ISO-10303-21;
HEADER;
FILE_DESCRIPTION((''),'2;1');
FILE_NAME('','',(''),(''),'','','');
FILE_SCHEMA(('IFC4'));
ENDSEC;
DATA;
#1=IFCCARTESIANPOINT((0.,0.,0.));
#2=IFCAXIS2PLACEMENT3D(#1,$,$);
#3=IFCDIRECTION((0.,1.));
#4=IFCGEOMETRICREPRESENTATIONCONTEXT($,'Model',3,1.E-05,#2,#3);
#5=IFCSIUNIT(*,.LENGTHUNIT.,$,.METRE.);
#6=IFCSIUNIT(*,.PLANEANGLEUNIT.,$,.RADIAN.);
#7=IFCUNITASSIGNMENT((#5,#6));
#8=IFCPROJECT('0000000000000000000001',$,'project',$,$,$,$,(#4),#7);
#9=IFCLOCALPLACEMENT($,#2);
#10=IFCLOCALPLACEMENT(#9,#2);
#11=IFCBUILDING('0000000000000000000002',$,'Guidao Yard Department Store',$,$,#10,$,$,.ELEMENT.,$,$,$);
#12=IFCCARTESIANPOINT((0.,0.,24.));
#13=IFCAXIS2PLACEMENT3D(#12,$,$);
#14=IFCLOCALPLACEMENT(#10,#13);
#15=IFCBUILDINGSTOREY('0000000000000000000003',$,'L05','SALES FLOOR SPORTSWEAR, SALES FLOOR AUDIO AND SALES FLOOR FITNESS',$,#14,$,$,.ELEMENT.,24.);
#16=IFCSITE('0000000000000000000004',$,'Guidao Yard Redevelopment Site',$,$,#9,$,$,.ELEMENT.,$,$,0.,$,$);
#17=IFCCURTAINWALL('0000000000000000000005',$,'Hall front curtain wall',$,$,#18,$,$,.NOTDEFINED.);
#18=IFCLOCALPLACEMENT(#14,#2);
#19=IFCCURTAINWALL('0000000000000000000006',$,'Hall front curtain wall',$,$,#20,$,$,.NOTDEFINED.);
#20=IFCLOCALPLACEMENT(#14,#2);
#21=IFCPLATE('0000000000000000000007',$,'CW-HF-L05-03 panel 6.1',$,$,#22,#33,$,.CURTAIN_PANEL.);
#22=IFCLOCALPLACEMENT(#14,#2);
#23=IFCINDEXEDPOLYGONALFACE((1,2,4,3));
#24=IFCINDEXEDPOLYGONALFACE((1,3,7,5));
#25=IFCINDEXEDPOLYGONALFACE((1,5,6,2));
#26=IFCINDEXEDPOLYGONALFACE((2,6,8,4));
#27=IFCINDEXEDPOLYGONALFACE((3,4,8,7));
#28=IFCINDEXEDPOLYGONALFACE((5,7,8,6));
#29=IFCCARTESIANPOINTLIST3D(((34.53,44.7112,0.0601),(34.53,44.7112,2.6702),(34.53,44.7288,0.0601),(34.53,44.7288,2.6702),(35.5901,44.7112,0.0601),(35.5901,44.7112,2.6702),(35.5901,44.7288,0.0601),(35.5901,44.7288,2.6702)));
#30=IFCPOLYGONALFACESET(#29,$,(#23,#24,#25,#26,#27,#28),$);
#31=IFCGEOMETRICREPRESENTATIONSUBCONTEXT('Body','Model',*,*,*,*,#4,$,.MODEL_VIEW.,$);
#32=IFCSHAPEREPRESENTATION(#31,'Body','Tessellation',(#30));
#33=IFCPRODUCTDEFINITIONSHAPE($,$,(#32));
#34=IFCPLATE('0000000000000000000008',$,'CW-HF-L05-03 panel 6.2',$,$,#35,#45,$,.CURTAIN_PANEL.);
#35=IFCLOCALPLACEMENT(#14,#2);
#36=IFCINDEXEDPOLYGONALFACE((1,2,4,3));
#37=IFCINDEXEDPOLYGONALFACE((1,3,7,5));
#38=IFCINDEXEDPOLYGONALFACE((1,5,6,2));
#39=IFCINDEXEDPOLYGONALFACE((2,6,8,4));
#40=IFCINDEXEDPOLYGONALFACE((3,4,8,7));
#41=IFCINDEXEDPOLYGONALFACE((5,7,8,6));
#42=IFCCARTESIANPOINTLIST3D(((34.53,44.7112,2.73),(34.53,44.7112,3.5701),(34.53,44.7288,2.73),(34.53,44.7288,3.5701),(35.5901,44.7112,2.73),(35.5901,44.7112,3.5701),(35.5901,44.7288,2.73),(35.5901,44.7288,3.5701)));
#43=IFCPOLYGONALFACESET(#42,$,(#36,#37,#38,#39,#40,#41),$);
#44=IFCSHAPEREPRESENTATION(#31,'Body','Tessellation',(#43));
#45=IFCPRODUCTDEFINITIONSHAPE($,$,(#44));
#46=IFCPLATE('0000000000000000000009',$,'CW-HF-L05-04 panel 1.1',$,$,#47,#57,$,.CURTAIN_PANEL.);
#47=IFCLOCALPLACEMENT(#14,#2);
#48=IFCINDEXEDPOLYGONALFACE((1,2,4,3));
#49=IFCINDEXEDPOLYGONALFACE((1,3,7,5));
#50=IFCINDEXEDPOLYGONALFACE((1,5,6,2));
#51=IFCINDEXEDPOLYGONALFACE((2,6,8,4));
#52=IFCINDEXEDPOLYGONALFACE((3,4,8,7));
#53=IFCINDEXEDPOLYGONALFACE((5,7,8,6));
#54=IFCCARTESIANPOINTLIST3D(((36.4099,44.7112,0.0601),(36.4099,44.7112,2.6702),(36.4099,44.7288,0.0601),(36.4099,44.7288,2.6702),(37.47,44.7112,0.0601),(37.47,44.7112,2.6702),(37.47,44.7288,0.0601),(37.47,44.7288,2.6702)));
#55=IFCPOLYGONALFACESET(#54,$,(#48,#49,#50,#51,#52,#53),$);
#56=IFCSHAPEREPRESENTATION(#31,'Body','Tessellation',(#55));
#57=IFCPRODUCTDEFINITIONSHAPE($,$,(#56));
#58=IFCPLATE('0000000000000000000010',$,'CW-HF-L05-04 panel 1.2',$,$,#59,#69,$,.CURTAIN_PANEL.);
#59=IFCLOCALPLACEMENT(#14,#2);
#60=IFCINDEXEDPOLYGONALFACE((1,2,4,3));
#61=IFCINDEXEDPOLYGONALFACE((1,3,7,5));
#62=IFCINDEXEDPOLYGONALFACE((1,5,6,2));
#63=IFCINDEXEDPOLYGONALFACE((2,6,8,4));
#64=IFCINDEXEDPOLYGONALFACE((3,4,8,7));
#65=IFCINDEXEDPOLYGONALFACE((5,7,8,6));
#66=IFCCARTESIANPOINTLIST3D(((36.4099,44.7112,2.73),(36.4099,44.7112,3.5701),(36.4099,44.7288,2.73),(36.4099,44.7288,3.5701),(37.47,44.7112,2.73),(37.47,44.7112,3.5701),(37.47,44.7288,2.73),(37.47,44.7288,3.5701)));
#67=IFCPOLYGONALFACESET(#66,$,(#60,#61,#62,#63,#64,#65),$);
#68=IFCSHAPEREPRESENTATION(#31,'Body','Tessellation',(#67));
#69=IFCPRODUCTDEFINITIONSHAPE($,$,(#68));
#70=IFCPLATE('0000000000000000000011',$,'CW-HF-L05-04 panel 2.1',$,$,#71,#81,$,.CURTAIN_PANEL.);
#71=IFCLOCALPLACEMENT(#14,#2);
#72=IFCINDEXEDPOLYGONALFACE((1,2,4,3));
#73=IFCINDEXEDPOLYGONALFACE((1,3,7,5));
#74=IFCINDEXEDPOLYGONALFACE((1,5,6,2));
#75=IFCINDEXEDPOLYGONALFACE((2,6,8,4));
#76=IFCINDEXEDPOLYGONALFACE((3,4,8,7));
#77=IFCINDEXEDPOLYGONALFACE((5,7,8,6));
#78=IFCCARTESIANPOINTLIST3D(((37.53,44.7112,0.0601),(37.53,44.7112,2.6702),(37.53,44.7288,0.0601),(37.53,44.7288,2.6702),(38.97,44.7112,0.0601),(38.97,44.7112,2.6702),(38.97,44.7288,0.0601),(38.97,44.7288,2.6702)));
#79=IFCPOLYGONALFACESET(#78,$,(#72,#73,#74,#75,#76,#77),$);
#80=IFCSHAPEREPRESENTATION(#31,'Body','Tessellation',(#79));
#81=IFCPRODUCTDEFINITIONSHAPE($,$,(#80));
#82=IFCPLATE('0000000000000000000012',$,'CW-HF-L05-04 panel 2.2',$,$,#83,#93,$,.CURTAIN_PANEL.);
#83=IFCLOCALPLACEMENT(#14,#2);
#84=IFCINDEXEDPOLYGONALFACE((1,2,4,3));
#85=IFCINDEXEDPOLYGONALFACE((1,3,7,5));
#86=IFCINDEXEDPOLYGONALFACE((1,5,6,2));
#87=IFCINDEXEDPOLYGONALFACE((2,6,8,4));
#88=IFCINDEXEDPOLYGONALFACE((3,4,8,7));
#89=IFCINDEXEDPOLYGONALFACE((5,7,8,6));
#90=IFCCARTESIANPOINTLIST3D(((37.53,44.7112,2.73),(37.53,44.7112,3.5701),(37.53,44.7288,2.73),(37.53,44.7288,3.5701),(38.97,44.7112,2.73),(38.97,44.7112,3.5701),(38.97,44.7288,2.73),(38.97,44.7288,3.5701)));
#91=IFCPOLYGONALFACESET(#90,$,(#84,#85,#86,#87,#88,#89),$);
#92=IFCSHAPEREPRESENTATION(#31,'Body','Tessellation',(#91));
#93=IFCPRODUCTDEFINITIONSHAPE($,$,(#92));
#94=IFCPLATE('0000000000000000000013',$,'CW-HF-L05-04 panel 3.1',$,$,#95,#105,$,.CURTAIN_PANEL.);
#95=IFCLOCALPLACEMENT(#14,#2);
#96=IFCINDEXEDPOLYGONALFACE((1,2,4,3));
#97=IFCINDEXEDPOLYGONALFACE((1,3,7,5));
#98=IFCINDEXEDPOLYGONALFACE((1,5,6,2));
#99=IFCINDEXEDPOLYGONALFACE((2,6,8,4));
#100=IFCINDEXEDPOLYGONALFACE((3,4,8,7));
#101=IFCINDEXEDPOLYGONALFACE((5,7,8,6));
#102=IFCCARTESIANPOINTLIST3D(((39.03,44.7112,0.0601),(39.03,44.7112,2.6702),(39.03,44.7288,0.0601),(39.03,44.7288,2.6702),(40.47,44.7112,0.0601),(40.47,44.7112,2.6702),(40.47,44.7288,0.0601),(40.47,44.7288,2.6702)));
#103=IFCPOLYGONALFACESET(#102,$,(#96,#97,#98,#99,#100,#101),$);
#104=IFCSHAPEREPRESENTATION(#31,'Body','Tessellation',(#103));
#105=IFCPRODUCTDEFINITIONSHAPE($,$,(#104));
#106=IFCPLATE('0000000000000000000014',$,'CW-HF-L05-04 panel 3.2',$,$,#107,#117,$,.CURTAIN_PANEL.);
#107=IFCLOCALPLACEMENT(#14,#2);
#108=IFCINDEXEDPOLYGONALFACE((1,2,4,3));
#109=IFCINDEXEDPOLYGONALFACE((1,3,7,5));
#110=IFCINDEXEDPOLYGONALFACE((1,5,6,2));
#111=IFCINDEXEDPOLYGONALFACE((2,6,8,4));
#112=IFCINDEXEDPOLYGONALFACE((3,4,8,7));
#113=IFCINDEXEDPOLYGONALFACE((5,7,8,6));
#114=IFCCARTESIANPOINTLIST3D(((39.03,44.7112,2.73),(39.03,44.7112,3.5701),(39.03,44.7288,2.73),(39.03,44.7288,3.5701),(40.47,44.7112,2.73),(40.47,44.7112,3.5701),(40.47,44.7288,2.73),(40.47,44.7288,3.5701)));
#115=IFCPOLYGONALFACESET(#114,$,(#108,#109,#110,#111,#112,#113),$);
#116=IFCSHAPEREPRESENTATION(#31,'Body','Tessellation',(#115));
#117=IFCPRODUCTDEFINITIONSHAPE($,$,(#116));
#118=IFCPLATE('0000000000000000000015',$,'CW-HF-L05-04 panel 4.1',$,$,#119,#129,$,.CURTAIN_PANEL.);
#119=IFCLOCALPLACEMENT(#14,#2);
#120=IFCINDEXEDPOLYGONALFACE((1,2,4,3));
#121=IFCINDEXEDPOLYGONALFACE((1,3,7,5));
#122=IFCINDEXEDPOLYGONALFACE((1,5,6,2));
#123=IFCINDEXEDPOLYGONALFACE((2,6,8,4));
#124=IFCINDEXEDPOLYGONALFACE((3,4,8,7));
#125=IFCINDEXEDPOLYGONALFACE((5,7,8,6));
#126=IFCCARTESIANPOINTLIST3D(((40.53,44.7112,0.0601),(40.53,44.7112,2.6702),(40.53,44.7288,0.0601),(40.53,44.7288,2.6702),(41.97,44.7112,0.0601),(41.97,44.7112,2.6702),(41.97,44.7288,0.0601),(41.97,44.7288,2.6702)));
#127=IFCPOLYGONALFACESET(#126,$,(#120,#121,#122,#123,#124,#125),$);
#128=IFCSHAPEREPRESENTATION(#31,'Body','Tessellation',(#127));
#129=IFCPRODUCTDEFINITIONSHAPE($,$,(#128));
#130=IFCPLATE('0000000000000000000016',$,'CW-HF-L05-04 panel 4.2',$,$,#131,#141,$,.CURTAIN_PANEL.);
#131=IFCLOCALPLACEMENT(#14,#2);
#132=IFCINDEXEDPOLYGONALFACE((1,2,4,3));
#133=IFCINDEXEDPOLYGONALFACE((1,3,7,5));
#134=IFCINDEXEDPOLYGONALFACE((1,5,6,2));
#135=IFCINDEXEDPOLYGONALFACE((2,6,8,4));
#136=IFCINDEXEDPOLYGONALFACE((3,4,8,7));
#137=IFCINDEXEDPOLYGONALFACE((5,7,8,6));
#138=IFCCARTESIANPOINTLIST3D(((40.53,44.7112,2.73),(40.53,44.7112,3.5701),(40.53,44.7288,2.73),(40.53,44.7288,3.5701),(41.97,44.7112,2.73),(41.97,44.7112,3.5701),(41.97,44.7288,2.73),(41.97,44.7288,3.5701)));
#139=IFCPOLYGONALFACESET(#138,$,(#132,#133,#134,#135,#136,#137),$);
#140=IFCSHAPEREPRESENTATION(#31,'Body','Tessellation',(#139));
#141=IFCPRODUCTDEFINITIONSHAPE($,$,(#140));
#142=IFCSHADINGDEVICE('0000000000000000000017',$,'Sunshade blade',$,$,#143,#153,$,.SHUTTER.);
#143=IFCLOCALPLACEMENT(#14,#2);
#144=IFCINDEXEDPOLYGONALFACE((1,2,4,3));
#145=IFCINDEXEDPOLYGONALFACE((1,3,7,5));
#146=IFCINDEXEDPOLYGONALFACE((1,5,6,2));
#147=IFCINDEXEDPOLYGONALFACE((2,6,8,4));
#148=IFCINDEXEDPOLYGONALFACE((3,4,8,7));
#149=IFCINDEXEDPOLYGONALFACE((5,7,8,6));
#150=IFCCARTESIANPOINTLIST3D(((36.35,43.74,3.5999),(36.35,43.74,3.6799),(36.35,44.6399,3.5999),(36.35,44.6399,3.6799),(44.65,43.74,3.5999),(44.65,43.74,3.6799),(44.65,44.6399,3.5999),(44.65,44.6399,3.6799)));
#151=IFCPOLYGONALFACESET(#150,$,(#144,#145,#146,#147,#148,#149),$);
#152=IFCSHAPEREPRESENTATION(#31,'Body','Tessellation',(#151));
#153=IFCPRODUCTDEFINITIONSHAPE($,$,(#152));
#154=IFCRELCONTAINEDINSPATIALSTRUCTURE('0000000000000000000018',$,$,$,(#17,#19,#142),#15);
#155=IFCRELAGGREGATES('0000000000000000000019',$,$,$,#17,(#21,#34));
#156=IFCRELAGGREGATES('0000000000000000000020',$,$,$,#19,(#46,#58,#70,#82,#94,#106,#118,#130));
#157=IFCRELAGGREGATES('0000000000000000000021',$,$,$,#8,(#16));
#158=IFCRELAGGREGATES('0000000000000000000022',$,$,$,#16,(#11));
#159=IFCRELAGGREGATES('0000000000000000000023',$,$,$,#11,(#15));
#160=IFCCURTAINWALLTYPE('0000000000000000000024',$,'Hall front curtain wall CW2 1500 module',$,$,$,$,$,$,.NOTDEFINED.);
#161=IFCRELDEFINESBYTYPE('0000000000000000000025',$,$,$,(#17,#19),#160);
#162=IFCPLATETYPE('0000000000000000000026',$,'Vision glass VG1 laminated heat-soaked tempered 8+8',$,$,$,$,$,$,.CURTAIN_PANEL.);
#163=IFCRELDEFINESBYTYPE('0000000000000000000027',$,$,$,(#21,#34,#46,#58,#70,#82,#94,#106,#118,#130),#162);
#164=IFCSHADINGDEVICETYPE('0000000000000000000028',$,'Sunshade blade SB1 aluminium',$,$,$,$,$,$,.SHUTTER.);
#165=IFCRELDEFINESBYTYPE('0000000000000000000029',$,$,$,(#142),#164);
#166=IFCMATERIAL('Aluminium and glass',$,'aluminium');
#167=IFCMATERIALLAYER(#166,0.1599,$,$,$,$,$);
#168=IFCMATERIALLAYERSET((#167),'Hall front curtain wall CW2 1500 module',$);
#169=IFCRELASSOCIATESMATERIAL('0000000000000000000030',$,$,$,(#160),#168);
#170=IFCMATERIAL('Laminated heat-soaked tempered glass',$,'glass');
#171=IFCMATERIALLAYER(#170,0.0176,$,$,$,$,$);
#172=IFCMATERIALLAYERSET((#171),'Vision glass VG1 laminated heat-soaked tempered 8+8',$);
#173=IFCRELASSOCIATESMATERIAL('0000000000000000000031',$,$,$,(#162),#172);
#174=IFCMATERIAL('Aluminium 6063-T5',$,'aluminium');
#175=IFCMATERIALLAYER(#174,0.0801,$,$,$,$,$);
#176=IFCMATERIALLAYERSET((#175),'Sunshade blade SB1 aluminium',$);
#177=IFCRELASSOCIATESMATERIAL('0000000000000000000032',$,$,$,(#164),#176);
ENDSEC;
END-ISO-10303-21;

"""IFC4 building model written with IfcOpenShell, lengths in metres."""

from ifc_helpers import new_model, si_unit, direction, frame, origin, origin_2d, place, context, subcontext, project, spatial, rectangle, extrude, material, layer, layer_set, type_object, element, aggregate, save


model = new_model("IFC4")

# Units and contexts
model_context = context("Model", 3, precision=1e-05, world=origin(), true_north=direction((0.0, 1.0)))
body_context = subcontext(model_context, "Body", "Model", "MODEL_VIEW")
ifc_project = project(units=[si_unit("LENGTHUNIT", "METRE"), si_unit("PLANEANGLEUNIT", "RADIAN")], contexts=[model_context])

# Site, building, storey
site_placement = place(None, origin())
site = spatial("IfcSite", under=ifc_project, at=site_placement, Name="Guidao Yard Redevelopment Site", CompositionType="ELEMENT", RefElevation=0.0)
building_placement = place(site_placement, origin())
building = spatial("IfcBuilding", under=site, at=building_placement, Name="Guidao Yard Department Store", CompositionType="ELEMENT")
storey_placement = place(building_placement, frame((0.0, 0.0, 24.0)))
storey = spatial("IfcBuildingStorey", under=building, at=storey_placement, Name="L05", Description="SALES FLOOR SPORTSWEAR, SALES FLOOR AUDIO AND SALES FLOOR FITNESS", CompositionType="ELEMENT", Elevation=24.0)

# Curtain walls
ifc_material_1 = material(Name="Aluminium and glass", Category="aluminium")
ifc_layer_1 = layer(ifc_material_1, 0.1599)
ifc_layer_set_1 = layer_set([ifc_layer_1], Name="Hall front curtain wall CW2 1500 module")
curtain_wall_type = type_object("IfcCurtainWallType", Name="Hall front curtain wall CW2 1500 module", PredefinedType="NOTDEFINED", material=ifc_layer_set_1)
curtain_wall_1_placement = place(storey_placement, origin())
curtain_wall_1 = element("IfcCurtainWall", 1, at=curtain_wall_1_placement, inside=storey, type_object=curtain_wall_type, Name="Hall front curtain wall", PredefinedType="NOTDEFINED")
curtain_wall_2_placement = place(storey_placement, origin())
curtain_wall_2 = element("IfcCurtainWall", 2, at=curtain_wall_2_placement, inside=storey, type_object=curtain_wall_type, Name="Hall front curtain wall", PredefinedType="NOTDEFINED")

# Plates
ifc_material_2 = material(Name="Laminated heat-soaked tempered glass", Category="glass")
ifc_layer_2 = layer(ifc_material_2, 0.0176)
ifc_layer_set_2 = layer_set([ifc_layer_2], Name="Vision glass VG1 laminated heat-soaked tempered 8+8")
plate_type_1 = type_object("IfcPlateType", Name="Vision glass VG1 laminated heat-soaked tempered 8+8", PredefinedType="CURTAIN_PANEL", material=ifc_layer_set_2)
plate_1_placement = place(storey_placement, frame((35.0601, 44.72, 0.0601), z_axis=(0.0, 0.0, 1.0), x_axis=(-1.0, 0.0, 0.0)))
plate_1 = element("IfcPlate", 3, at=plate_1_placement, type_object=plate_type_1, Name="CW-HF-L05-03 panel 6.1", PredefinedType="CURTAIN_PANEL", context=body_context, shape_type="SweptSolid", body=[
    extrude(rectangle(XDim=1.0601, YDim=0.0176, at=origin_2d()), origin(), (0.0, 0.0, 1.0), 2.6101),
])
plate_2_placement = place(storey_placement, frame((35.0601, 44.72, 2.73), z_axis=(0.0, 0.0, 1.0), x_axis=(-1.0, 0.0, 0.0)))
plate_2 = element("IfcPlate", 4, at=plate_2_placement, type_object=plate_type_1, Name="CW-HF-L05-03 panel 6.2", PredefinedType="CURTAIN_PANEL", context=body_context, shape_type="SweptSolid", body=[
    extrude(rectangle(XDim=1.0601, YDim=0.0176, at=origin_2d()), origin(), (0.0, 0.0, 1.0), 0.8401),
])
aggregate(curtain_wall_1, [plate_1, plate_2])
plate_3_placement = place(storey_placement, frame((36.9399, 44.72, 0.0601), z_axis=(0.0, 0.0, 1.0), x_axis=(-1.0, 0.0, 0.0)))
plate_3 = element("IfcPlate", 5, at=plate_3_placement, type_object=plate_type_1, Name="CW-HF-L05-04 panel 1.1", PredefinedType="CURTAIN_PANEL", context=body_context, shape_type="SweptSolid", body=[
    extrude(rectangle(XDim=1.0601, YDim=0.0176, at=origin_2d()), origin(), (0.0, 0.0, 1.0), 2.6101),
])
plate_4_placement = place(storey_placement, frame((36.9399, 44.72, 2.73), z_axis=(0.0, 0.0, 1.0), x_axis=(-1.0, 0.0, 0.0)))
plate_4 = element("IfcPlate", 6, at=plate_4_placement, type_object=plate_type_1, Name="CW-HF-L05-04 panel 1.2", PredefinedType="CURTAIN_PANEL", context=body_context, shape_type="SweptSolid", body=[
    extrude(rectangle(XDim=1.0601, YDim=0.0176, at=origin_2d()), origin(), (0.0, 0.0, 1.0), 0.8401),
])
plate_5_placement = place(storey_placement, frame((38.25, 44.72, 0.0601), z_axis=(0.0, 0.0, 1.0), x_axis=(-1.0, 0.0, 0.0)))
plate_5 = element("IfcPlate", 7, at=plate_5_placement, type_object=plate_type_1, Name="CW-HF-L05-04 panel 2.1", PredefinedType="CURTAIN_PANEL", context=body_context, shape_type="SweptSolid", body=[
    extrude(rectangle(XDim=1.4399, YDim=0.0176, at=origin_2d()), origin(), (0.0, 0.0, 1.0), 2.6101),
])
plate_6_placement = place(storey_placement, frame((38.25, 44.72, 2.73), z_axis=(0.0, 0.0, 1.0), x_axis=(-1.0, 0.0, 0.0)))
plate_6 = element("IfcPlate", 8, at=plate_6_placement, type_object=plate_type_1, Name="CW-HF-L05-04 panel 2.2", PredefinedType="CURTAIN_PANEL", context=body_context, shape_type="SweptSolid", body=[
    extrude(rectangle(XDim=1.4399, YDim=0.0176, at=origin_2d()), origin(), (0.0, 0.0, 1.0), 0.8401),
])
plate_7_placement = place(storey_placement, frame((39.75, 44.72, 0.0601), z_axis=(0.0, 0.0, 1.0), x_axis=(-1.0, 0.0, 0.0)))
plate_7 = element("IfcPlate", 9, at=plate_7_placement, type_object=plate_type_1, Name="CW-HF-L05-04 panel 3.1", PredefinedType="CURTAIN_PANEL", context=body_context, shape_type="SweptSolid", body=[
    extrude(rectangle(XDim=1.4399, YDim=0.0176, at=origin_2d()), origin(), (0.0, 0.0, 1.0), 2.6101),
])
plate_8_placement = place(storey_placement, frame((39.75, 44.72, 2.73), z_axis=(0.0, 0.0, 1.0), x_axis=(-1.0, 0.0, 0.0)))
plate_8 = element("IfcPlate", 10, at=plate_8_placement, type_object=plate_type_1, Name="CW-HF-L05-04 panel 3.2", PredefinedType="CURTAIN_PANEL", context=body_context, shape_type="SweptSolid", body=[
    extrude(rectangle(XDim=1.4399, YDim=0.0176, at=origin_2d()), origin(), (0.0, 0.0, 1.0), 0.8401),
])
plate_9_placement = place(storey_placement, frame((41.25, 44.72, 0.0601), z_axis=(0.0, 0.0, 1.0), x_axis=(-1.0, 0.0, 0.0)))
plate_9 = element("IfcPlate", 11, at=plate_9_placement, type_object=plate_type_1, Name="CW-HF-L05-04 panel 4.1", PredefinedType="CURTAIN_PANEL", context=body_context, shape_type="SweptSolid", body=[
    extrude(rectangle(XDim=1.4399, YDim=0.0176, at=origin_2d()), origin(), (0.0, 0.0, 1.0), 2.6101),
])
plate_10_placement = place(storey_placement, frame((41.25, 44.72, 2.73), z_axis=(0.0, 0.0, 1.0), x_axis=(-1.0, 0.0, 0.0)))
plate_10 = element("IfcPlate", 12, at=plate_10_placement, type_object=plate_type_1, Name="CW-HF-L05-04 panel 4.2", PredefinedType="CURTAIN_PANEL", context=body_context, shape_type="SweptSolid", body=[
    extrude(rectangle(XDim=1.4399, YDim=0.0176, at=origin_2d()), origin(), (0.0, 0.0, 1.0), 0.8401),
])
aggregate(curtain_wall_2, [plate_3, plate_4, plate_5, plate_6, plate_7, plate_8, plate_9, plate_10])

# Shading device
ifc_material_3 = material(Name="Aluminium 6063-T5", Category="aluminium")
ifc_layer_3 = layer(ifc_material_3, 0.0801)
ifc_layer_set_3 = layer_set([ifc_layer_3], Name="Sunshade blade SB1 aluminium")
shading_device_type = type_object("IfcShadingDeviceType", Name="Sunshade blade SB1 aluminium", PredefinedType="SHUTTER", material=ifc_layer_set_3)
shading_device_placement = place(storey_placement, frame((40.5, 44.1899, 3.5999), z_axis=(0.0, 0.0, 1.0), x_axis=(-1.0, 0.0, 0.0)))
element("IfcShadingDevice", 13, at=shading_device_placement, inside=storey, type_object=shading_device_type, Name="Sunshade blade", PredefinedType="SHUTTER", context=body_context, shape_type="SweptSolid", body=[
    extrude(rectangle(XDim=8.3, YDim=0.8999, at=origin_2d()), origin(), (0.0, 0.0, 1.0), 0.0801),
])

save(model, "model.ifc")
